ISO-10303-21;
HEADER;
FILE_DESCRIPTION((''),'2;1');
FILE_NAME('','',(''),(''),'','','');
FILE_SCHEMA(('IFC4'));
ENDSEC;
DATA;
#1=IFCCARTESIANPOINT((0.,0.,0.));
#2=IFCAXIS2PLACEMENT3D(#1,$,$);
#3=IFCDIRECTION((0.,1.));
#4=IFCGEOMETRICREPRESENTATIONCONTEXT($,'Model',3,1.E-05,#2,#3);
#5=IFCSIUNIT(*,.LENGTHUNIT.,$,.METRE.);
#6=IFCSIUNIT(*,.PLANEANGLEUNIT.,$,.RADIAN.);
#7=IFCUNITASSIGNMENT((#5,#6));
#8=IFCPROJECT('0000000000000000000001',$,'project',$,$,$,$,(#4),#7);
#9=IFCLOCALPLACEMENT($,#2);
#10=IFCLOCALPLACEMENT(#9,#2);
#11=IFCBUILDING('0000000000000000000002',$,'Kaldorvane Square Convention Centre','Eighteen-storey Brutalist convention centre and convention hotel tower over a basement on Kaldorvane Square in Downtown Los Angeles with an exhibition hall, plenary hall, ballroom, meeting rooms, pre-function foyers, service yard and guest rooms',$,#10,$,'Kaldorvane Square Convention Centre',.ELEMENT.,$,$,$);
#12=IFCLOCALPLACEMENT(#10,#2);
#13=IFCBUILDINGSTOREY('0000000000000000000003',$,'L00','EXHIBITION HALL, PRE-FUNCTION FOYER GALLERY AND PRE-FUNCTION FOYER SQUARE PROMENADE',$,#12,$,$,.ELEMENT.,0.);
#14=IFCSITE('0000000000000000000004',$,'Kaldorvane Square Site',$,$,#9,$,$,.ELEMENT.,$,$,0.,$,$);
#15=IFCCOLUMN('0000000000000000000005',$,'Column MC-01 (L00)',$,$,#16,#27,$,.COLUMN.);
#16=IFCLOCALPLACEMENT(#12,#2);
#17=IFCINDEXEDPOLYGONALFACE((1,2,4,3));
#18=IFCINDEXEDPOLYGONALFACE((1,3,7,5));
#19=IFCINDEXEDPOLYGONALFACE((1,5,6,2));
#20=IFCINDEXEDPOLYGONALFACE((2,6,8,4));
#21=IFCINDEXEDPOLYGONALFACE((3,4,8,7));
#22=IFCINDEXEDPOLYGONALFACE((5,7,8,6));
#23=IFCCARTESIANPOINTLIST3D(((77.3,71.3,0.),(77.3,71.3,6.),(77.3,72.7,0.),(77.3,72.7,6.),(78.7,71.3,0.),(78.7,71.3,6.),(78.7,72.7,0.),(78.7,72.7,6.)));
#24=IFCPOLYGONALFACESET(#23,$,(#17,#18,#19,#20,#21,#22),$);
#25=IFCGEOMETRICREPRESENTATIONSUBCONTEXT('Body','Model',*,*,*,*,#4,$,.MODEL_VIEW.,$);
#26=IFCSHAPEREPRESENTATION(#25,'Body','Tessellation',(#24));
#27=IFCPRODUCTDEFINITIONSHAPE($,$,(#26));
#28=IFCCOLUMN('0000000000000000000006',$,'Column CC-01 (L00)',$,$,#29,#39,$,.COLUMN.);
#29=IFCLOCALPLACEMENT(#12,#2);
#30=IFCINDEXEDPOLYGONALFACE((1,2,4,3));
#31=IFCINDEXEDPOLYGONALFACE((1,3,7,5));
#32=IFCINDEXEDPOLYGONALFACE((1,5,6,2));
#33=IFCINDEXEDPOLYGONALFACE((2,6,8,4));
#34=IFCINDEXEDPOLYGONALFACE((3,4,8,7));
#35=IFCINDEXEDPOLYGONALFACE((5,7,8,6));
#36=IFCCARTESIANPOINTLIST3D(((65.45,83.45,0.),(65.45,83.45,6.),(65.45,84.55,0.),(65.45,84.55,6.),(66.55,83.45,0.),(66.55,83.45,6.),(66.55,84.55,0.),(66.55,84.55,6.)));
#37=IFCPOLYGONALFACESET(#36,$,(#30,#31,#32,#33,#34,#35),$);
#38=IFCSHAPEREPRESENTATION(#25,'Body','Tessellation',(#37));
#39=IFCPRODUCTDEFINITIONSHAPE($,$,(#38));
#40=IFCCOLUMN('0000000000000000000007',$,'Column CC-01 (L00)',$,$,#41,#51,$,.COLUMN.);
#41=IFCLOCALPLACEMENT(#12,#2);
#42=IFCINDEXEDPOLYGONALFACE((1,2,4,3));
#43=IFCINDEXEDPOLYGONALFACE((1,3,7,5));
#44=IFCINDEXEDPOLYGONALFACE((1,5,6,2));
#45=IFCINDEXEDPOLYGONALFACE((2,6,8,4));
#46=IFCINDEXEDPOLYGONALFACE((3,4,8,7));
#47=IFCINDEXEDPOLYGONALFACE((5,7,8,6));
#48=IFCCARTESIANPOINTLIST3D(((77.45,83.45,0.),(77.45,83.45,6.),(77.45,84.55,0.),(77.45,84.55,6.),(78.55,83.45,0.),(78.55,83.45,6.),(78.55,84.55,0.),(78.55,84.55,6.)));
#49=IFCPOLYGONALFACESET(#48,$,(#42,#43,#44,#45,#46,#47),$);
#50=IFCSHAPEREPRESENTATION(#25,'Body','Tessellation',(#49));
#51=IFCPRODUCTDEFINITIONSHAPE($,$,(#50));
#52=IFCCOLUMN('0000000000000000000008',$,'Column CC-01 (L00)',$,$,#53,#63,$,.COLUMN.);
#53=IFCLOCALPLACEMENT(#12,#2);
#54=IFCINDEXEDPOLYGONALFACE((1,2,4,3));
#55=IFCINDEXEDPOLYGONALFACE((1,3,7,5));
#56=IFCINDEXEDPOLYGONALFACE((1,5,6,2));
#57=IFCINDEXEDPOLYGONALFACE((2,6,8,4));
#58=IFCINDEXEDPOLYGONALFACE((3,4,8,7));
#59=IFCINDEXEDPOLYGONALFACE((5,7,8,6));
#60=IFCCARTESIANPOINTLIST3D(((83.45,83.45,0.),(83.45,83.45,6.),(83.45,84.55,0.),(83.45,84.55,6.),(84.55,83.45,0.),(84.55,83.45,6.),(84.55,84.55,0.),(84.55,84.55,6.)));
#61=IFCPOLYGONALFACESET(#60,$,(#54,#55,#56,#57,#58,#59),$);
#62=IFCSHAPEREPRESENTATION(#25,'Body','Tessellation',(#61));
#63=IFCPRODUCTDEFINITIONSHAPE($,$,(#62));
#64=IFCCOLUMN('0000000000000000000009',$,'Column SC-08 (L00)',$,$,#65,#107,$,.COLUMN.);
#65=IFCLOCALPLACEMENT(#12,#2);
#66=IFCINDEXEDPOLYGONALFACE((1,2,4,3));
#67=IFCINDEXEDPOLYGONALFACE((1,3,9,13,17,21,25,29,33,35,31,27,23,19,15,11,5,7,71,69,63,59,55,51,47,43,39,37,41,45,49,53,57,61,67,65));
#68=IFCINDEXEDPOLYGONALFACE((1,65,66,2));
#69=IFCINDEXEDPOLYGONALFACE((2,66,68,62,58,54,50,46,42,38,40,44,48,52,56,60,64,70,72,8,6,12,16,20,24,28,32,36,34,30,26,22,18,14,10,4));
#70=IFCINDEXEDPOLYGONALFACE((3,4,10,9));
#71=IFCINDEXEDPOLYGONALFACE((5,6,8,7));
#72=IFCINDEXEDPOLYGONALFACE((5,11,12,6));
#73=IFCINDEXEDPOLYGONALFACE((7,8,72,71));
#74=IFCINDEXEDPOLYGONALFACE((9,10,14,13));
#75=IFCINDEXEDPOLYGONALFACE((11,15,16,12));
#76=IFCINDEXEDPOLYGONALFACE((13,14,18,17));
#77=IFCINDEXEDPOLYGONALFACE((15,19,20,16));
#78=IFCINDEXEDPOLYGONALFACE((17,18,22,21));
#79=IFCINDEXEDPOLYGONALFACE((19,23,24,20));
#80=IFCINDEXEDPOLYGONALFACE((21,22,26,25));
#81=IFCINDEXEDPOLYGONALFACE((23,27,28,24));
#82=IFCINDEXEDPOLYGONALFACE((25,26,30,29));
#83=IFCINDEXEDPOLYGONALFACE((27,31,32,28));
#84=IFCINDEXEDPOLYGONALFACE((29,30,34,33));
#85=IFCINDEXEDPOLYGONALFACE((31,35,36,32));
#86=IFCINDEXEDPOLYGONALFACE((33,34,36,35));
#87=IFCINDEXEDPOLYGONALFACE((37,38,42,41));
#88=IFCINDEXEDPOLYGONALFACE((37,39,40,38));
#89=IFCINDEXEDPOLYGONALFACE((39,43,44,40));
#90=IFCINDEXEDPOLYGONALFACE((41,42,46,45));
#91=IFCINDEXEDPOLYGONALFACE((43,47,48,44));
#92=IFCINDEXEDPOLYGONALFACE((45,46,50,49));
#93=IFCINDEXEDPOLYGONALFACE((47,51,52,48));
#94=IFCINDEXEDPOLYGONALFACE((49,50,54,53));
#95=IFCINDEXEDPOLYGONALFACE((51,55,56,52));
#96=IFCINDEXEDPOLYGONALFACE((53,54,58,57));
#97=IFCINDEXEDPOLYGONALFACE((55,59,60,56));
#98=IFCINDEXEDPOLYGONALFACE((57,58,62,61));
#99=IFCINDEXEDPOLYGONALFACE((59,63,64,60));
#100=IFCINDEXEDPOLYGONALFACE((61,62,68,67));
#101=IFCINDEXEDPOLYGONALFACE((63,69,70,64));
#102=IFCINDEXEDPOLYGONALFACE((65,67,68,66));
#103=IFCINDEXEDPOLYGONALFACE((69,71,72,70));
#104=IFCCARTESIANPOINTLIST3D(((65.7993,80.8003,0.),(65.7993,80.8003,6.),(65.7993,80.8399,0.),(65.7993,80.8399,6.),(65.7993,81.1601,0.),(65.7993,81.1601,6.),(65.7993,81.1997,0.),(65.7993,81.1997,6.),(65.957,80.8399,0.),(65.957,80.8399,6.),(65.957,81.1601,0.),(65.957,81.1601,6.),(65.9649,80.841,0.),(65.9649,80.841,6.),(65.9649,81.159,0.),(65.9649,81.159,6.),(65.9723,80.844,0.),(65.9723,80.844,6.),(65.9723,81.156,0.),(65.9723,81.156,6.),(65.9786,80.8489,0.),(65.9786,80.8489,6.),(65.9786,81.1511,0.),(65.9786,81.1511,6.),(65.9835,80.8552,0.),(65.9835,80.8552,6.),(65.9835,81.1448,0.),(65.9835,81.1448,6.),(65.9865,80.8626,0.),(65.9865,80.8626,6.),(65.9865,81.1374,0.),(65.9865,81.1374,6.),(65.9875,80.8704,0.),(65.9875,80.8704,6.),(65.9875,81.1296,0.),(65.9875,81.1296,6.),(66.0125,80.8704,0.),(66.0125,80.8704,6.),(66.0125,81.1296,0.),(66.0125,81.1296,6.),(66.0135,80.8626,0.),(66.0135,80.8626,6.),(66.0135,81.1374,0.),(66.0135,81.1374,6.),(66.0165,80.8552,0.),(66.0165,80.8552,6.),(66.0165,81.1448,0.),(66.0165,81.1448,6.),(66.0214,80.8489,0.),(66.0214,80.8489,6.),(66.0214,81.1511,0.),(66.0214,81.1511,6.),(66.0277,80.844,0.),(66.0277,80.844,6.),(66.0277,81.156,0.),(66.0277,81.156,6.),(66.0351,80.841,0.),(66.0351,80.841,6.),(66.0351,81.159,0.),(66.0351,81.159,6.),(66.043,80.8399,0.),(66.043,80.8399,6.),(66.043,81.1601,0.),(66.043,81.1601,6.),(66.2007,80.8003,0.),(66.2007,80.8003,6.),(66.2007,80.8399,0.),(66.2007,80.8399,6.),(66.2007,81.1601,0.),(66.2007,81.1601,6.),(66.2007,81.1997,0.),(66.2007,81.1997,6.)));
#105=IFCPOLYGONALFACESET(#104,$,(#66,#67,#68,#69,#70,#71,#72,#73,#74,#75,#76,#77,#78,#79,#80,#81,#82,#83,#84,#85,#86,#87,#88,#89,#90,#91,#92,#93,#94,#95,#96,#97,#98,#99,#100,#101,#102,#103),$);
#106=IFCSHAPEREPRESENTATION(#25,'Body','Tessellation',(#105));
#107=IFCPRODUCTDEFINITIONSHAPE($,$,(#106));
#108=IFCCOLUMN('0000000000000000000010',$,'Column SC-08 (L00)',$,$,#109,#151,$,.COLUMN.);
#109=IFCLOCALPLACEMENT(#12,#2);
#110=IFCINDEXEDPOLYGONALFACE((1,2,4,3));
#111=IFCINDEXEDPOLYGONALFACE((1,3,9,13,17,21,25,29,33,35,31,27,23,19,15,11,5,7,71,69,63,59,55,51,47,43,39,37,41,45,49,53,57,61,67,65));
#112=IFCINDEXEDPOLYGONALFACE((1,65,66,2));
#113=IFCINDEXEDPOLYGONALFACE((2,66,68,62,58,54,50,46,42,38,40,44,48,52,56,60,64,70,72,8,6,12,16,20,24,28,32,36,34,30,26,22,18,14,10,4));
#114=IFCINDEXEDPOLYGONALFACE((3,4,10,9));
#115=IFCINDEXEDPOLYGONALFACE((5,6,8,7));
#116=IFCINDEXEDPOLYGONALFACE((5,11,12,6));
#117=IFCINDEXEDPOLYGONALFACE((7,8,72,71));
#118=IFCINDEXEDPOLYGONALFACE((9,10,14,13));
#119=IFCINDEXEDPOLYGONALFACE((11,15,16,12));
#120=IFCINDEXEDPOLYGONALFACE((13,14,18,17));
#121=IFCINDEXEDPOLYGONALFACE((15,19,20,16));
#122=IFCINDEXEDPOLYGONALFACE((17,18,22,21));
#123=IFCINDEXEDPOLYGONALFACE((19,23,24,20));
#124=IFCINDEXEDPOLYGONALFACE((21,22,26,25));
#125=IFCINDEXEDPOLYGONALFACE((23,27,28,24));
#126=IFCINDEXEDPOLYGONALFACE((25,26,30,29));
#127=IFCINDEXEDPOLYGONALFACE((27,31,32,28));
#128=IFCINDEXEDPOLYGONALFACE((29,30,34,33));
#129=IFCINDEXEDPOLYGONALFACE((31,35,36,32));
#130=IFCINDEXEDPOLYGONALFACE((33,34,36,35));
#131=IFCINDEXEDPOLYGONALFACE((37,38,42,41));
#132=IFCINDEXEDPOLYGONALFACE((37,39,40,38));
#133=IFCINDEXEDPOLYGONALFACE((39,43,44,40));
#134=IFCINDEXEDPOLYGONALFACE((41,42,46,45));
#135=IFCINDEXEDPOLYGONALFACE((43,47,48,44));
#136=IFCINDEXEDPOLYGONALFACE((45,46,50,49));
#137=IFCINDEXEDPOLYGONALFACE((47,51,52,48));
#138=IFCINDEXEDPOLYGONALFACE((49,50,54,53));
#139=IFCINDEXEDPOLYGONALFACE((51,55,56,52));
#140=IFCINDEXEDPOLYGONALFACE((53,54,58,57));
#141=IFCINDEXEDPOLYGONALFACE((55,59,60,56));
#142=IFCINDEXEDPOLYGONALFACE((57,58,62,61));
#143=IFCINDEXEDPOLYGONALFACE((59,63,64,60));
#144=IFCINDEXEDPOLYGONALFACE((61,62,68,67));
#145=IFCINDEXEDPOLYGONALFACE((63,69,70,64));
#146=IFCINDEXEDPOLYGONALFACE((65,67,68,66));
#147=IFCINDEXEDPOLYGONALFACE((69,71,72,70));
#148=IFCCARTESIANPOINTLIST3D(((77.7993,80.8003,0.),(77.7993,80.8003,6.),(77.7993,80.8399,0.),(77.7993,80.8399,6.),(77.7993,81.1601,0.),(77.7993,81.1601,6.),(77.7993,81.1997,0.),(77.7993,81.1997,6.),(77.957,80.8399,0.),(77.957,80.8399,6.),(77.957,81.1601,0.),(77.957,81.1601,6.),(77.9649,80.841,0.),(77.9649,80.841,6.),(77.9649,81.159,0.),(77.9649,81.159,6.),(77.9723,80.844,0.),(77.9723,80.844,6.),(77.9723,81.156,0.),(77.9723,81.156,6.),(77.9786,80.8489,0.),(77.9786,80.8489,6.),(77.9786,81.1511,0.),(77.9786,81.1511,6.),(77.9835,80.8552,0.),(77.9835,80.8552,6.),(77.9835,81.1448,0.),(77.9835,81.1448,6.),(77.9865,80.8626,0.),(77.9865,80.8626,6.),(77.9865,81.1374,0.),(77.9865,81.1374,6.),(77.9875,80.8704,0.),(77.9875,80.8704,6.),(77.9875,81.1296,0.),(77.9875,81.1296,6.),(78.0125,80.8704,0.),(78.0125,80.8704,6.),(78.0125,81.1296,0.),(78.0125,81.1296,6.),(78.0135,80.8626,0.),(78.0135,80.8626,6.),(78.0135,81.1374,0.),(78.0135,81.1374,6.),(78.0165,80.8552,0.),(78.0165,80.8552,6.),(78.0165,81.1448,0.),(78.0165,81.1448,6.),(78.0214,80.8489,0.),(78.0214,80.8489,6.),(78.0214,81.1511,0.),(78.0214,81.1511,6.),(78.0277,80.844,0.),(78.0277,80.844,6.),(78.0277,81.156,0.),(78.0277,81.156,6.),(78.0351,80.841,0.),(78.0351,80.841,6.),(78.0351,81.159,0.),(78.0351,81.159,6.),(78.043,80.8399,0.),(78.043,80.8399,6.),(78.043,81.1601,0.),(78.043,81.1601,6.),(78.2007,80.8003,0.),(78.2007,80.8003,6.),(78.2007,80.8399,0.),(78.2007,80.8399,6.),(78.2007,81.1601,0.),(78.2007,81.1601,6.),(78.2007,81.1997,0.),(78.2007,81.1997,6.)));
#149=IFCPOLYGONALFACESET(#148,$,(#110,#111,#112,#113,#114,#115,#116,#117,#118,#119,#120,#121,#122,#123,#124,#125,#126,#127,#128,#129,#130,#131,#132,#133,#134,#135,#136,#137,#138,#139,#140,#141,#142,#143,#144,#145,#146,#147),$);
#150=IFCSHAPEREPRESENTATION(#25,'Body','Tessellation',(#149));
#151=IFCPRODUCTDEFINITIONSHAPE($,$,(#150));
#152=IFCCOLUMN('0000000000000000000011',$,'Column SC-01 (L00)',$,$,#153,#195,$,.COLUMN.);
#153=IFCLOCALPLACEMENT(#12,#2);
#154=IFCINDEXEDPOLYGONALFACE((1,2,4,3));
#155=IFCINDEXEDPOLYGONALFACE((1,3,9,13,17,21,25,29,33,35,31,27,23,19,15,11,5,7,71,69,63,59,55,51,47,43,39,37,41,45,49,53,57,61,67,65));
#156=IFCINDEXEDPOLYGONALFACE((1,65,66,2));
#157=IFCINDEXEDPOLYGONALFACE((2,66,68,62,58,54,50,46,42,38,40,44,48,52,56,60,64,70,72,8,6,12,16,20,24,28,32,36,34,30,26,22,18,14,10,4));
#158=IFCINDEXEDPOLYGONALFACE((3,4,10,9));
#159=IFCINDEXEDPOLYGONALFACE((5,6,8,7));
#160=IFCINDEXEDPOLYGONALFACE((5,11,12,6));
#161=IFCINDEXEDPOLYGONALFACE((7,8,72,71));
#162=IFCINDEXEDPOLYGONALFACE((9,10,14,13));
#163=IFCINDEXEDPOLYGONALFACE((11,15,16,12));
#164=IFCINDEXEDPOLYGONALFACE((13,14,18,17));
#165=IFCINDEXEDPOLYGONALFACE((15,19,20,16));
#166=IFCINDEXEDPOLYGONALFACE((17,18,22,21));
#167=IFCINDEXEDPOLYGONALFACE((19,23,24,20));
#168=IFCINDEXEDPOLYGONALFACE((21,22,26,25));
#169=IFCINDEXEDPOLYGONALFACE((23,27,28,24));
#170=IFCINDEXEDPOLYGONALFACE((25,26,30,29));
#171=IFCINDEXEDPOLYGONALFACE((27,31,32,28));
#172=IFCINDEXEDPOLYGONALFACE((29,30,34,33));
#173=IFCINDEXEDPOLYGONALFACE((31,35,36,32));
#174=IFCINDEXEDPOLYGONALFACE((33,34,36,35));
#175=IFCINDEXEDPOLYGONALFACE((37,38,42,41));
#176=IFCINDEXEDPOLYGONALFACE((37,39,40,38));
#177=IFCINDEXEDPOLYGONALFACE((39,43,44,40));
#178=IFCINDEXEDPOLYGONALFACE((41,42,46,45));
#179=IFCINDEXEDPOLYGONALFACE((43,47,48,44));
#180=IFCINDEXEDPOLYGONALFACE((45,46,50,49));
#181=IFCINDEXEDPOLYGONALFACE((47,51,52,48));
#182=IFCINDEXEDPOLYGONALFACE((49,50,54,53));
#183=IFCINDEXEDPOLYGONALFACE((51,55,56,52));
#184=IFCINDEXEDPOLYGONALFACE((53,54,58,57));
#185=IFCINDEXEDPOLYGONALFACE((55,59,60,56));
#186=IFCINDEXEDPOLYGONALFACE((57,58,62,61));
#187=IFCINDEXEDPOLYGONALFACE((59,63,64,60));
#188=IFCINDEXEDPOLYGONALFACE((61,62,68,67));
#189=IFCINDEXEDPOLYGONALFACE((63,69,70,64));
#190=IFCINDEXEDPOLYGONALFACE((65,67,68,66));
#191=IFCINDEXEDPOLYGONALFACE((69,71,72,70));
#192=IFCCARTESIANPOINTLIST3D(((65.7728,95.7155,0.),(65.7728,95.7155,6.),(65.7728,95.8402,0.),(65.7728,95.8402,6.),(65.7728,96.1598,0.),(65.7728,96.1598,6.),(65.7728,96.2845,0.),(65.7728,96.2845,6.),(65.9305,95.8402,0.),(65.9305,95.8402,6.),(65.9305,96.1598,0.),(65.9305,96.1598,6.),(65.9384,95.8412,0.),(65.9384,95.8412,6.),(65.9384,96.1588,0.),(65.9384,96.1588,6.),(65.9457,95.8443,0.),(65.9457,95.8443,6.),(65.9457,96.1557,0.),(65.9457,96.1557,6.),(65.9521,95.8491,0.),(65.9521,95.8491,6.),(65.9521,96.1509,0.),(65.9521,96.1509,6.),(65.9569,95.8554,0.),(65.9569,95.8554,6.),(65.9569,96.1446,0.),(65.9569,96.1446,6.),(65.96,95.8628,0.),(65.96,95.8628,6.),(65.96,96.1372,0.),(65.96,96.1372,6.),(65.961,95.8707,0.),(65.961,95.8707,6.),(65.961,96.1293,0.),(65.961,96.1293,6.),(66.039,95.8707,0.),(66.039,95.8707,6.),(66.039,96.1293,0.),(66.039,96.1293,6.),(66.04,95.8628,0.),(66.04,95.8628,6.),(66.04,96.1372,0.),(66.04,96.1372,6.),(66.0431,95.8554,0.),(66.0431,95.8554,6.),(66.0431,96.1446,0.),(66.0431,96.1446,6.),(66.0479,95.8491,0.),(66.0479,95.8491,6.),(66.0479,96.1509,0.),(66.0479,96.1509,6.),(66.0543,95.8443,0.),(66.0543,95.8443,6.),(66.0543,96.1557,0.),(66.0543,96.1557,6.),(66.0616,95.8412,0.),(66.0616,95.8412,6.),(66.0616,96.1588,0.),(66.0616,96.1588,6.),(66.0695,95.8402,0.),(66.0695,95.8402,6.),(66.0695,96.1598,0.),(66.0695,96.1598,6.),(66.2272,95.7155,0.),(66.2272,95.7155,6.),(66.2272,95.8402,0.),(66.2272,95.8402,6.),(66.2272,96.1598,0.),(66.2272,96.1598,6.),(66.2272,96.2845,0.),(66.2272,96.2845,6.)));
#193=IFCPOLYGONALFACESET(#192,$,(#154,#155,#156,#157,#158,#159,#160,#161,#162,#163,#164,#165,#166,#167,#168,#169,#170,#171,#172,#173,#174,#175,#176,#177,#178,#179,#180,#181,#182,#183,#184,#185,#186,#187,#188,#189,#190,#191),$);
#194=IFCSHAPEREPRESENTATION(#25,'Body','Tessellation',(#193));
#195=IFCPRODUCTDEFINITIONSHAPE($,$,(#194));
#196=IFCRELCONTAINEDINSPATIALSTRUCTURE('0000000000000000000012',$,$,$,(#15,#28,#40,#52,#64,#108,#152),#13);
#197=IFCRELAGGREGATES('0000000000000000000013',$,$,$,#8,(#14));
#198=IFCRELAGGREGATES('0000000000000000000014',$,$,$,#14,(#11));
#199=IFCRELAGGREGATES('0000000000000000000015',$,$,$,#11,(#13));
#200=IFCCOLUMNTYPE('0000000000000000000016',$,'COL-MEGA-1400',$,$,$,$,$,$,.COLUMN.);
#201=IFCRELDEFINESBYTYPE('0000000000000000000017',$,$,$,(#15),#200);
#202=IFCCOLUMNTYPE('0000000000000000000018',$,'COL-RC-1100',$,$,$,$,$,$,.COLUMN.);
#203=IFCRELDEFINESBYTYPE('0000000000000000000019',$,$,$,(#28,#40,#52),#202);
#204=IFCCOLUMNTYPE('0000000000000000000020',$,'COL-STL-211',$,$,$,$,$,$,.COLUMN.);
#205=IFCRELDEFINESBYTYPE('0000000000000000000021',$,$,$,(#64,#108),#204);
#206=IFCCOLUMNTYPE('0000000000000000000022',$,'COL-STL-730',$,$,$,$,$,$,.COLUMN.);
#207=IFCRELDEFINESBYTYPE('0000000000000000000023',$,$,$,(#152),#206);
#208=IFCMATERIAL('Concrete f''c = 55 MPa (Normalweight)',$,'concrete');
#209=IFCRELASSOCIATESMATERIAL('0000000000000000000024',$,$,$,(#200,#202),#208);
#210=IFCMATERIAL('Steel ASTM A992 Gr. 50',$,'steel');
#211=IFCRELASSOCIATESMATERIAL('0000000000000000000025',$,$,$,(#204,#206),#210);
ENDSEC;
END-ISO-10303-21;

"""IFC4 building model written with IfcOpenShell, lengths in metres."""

from ifc_helpers import new_model, si_unit, direction, frame, origin, origin_2d, place, context, subcontext, project, spatial, rectangle, i_section, extrude, material, material_profile, profile_set, type_object, element, save


model = new_model("IFC4")

# Units and contexts
model_context = context("Model", 3, precision=1e-05, world=origin(), true_north=direction((0.0, 1.0)))
body_context = subcontext(model_context, "Body", "Model", "MODEL_VIEW")
ifc_project = project(units=[si_unit("LENGTHUNIT", "METRE"), si_unit("PLANEANGLEUNIT", "RADIAN")], contexts=[model_context])

# Site, building, storey
site_placement = place(None, origin())
site = spatial("IfcSite", under=ifc_project, at=site_placement, Name="Kaldorvane Square Site", CompositionType="ELEMENT", RefElevation=0.0)
building_placement = place(site_placement, origin())
building = spatial("IfcBuilding", under=site, at=building_placement, Name="Kaldorvane Square Convention Centre", Description="Eighteen-storey Brutalist convention centre and convention hotel tower over a basement on Kaldorvane Square in Downtown Los Angeles with an exhibition hall, plenary hall, ballroom, meeting rooms, pre-function foyers, service yard and guest rooms", LongName="Kaldorvane Square Convention Centre", CompositionType="ELEMENT")
storey_placement = place(building_placement, origin())
storey = spatial("IfcBuildingStorey", under=building, at=storey_placement, Name="L00", Description="EXHIBITION HALL, PRE-FUNCTION FOYER GALLERY AND PRE-FUNCTION FOYER SQUARE PROMENADE", CompositionType="ELEMENT", Elevation=0.0)

# Columns
ifc_material_1 = material(Name="Concrete f'c = 55 MPa (Normalweight)", Category="concrete")
ifc_material_profile_1 = material_profile(ifc_material_1, rectangle(XDim=1.4, YDim=1.4, at=origin_2d()), Name="RC1400X1400")
ifc_profile_set_1 = profile_set([ifc_material_profile_1], Name="Concrete f'c = 55 MPa (Normalweight)")
column_type_1 = type_object("IfcColumnType", Name="COL-MEGA-1400", PredefinedType="COLUMN", material=ifc_profile_set_1)
column_placement = place(storey_placement, frame((78.0, 72.0, 0.0), z_axis=(0.0, 0.0, 1.0), x_axis=(1.0, 0.0, 0.0)))
element("IfcColumn", 1, at=column_placement, inside=storey, type_object=column_type_1, Name="Column MC-01 (L00)", PredefinedType="COLUMN", context=body_context, shape_type="SweptSolid", body=[
    extrude(rectangle(XDim=1.4, YDim=1.4, at=origin_2d()), origin(), (0.0, 0.0, 1.0), 6.0),
])
ifc_material_profile_2 = material_profile(ifc_material_1, rectangle(XDim=1.1, YDim=1.1, at=origin_2d()), Name="RC1100X1100")
ifc_profile_set_2 = profile_set([ifc_material_profile_2], Name="Concrete f'c = 55 MPa (Normalweight)")
column_type_2 = type_object("IfcColumnType", Name="COL-RC-1100", PredefinedType="COLUMN", material=ifc_profile_set_2)
for number, where, z_axis, x_axis, name in (
    (2, (66.0, 84.0, 0.0), (0.0, 0.0, 1.0), (1.0, 0.0, 0.0), "Column CC-01 (L00)"),
    (3, (78.0, 84.0, 0.0), (0.0, 0.0, 1.0), (1.0, 0.0, 0.0), "Column CC-01 (L00)"),
    (4, (84.0, 84.0, 0.0), (0.0, 0.0, 1.0), (1.0, 0.0, 0.0), "Column CC-01 (L00)"),
):
    element("IfcColumn", number, at=place(storey_placement, frame(where, z_axis=z_axis, x_axis=x_axis)), inside=storey, type_object=column_type_2, Name=name, PredefinedType="COLUMN", context=body_context, shape_type="SweptSolid", body=[
        extrude(rectangle(XDim=1.1, YDim=1.1, at=origin_2d()), origin(), (0.0, 0.0, 1.0), 6.0),
    ])
ifc_material_2 = material(Name="Steel ASTM A992 Gr. 50", Category="steel")
ifc_material_profile_3 = material_profile(ifc_material_2, i_section(OverallWidth=0.4013, OverallDepth=0.3993, WebThickness=0.0249, FlangeThickness=0.0396, FilletRadius=0.0305, at=origin_2d()), Name="W14X211")
ifc_profile_set_3 = profile_set([ifc_material_profile_3], Name="Steel ASTM A992 Gr. 50")
column_type_3 = type_object("IfcColumnType", Name="COL-STL-211", PredefinedType="COLUMN", material=ifc_profile_set_3)
for number, where, z_axis, x_axis, name in (
    (5, (66.0, 81.0, 0.0), (0.0, 0.0, 1.0), (1.0, 0.0, 0.0), "Column SC-08 (L00)"),
    (6, (78.0, 81.0, 0.0), (0.0, 0.0, 1.0), (1.0, 0.0, 0.0), "Column SC-08 (L00)"),
):
    element("IfcColumn", number, at=place(storey_placement, frame(where, z_axis=z_axis, x_axis=x_axis)), inside=storey, type_object=column_type_3, Name=name, PredefinedType="COLUMN", context=body_context, shape_type="SweptSolid", body=[
        extrude(i_section(OverallWidth=0.4013, OverallDepth=0.3993, WebThickness=0.0249, FlangeThickness=0.0396, FilletRadius=0.0305, at=origin_2d()), origin(), (0.0, 0.0, 1.0), 6.0),
    ])
ifc_material_profile_4 = material_profile(ifc_material_2, i_section(OverallWidth=0.4544, OverallDepth=0.569, WebThickness=0.078, FlangeThickness=0.1247, FilletRadius=0.0305, at=origin_2d()), Name="W14X730")
ifc_profile_set_4 = profile_set([ifc_material_profile_4], Name="Steel ASTM A992 Gr. 50")
column_type_4 = type_object("IfcColumnType", Name="COL-STL-730", PredefinedType="COLUMN", material=ifc_profile_set_4)
for number, where, z_axis, x_axis, name in (
    (7, (66.0, 96.0, 0.0), (0.0, 0.0, 1.0), (1.0, 0.0, 0.0), "Column SC-01 (L00)"),
):
    element("IfcColumn", number, at=place(storey_placement, frame(where, z_axis=z_axis, x_axis=x_axis)), inside=storey, type_object=column_type_4, Name=name, PredefinedType="COLUMN", context=body_context, shape_type="SweptSolid", body=[
        extrude(i_section(OverallWidth=0.4544, OverallDepth=0.569, WebThickness=0.078, FlangeThickness=0.1247, FilletRadius=0.0305, at=origin_2d()), origin(), (0.0, 0.0, 1.0), 6.0),
    ])

save(model, "model.ifc")
